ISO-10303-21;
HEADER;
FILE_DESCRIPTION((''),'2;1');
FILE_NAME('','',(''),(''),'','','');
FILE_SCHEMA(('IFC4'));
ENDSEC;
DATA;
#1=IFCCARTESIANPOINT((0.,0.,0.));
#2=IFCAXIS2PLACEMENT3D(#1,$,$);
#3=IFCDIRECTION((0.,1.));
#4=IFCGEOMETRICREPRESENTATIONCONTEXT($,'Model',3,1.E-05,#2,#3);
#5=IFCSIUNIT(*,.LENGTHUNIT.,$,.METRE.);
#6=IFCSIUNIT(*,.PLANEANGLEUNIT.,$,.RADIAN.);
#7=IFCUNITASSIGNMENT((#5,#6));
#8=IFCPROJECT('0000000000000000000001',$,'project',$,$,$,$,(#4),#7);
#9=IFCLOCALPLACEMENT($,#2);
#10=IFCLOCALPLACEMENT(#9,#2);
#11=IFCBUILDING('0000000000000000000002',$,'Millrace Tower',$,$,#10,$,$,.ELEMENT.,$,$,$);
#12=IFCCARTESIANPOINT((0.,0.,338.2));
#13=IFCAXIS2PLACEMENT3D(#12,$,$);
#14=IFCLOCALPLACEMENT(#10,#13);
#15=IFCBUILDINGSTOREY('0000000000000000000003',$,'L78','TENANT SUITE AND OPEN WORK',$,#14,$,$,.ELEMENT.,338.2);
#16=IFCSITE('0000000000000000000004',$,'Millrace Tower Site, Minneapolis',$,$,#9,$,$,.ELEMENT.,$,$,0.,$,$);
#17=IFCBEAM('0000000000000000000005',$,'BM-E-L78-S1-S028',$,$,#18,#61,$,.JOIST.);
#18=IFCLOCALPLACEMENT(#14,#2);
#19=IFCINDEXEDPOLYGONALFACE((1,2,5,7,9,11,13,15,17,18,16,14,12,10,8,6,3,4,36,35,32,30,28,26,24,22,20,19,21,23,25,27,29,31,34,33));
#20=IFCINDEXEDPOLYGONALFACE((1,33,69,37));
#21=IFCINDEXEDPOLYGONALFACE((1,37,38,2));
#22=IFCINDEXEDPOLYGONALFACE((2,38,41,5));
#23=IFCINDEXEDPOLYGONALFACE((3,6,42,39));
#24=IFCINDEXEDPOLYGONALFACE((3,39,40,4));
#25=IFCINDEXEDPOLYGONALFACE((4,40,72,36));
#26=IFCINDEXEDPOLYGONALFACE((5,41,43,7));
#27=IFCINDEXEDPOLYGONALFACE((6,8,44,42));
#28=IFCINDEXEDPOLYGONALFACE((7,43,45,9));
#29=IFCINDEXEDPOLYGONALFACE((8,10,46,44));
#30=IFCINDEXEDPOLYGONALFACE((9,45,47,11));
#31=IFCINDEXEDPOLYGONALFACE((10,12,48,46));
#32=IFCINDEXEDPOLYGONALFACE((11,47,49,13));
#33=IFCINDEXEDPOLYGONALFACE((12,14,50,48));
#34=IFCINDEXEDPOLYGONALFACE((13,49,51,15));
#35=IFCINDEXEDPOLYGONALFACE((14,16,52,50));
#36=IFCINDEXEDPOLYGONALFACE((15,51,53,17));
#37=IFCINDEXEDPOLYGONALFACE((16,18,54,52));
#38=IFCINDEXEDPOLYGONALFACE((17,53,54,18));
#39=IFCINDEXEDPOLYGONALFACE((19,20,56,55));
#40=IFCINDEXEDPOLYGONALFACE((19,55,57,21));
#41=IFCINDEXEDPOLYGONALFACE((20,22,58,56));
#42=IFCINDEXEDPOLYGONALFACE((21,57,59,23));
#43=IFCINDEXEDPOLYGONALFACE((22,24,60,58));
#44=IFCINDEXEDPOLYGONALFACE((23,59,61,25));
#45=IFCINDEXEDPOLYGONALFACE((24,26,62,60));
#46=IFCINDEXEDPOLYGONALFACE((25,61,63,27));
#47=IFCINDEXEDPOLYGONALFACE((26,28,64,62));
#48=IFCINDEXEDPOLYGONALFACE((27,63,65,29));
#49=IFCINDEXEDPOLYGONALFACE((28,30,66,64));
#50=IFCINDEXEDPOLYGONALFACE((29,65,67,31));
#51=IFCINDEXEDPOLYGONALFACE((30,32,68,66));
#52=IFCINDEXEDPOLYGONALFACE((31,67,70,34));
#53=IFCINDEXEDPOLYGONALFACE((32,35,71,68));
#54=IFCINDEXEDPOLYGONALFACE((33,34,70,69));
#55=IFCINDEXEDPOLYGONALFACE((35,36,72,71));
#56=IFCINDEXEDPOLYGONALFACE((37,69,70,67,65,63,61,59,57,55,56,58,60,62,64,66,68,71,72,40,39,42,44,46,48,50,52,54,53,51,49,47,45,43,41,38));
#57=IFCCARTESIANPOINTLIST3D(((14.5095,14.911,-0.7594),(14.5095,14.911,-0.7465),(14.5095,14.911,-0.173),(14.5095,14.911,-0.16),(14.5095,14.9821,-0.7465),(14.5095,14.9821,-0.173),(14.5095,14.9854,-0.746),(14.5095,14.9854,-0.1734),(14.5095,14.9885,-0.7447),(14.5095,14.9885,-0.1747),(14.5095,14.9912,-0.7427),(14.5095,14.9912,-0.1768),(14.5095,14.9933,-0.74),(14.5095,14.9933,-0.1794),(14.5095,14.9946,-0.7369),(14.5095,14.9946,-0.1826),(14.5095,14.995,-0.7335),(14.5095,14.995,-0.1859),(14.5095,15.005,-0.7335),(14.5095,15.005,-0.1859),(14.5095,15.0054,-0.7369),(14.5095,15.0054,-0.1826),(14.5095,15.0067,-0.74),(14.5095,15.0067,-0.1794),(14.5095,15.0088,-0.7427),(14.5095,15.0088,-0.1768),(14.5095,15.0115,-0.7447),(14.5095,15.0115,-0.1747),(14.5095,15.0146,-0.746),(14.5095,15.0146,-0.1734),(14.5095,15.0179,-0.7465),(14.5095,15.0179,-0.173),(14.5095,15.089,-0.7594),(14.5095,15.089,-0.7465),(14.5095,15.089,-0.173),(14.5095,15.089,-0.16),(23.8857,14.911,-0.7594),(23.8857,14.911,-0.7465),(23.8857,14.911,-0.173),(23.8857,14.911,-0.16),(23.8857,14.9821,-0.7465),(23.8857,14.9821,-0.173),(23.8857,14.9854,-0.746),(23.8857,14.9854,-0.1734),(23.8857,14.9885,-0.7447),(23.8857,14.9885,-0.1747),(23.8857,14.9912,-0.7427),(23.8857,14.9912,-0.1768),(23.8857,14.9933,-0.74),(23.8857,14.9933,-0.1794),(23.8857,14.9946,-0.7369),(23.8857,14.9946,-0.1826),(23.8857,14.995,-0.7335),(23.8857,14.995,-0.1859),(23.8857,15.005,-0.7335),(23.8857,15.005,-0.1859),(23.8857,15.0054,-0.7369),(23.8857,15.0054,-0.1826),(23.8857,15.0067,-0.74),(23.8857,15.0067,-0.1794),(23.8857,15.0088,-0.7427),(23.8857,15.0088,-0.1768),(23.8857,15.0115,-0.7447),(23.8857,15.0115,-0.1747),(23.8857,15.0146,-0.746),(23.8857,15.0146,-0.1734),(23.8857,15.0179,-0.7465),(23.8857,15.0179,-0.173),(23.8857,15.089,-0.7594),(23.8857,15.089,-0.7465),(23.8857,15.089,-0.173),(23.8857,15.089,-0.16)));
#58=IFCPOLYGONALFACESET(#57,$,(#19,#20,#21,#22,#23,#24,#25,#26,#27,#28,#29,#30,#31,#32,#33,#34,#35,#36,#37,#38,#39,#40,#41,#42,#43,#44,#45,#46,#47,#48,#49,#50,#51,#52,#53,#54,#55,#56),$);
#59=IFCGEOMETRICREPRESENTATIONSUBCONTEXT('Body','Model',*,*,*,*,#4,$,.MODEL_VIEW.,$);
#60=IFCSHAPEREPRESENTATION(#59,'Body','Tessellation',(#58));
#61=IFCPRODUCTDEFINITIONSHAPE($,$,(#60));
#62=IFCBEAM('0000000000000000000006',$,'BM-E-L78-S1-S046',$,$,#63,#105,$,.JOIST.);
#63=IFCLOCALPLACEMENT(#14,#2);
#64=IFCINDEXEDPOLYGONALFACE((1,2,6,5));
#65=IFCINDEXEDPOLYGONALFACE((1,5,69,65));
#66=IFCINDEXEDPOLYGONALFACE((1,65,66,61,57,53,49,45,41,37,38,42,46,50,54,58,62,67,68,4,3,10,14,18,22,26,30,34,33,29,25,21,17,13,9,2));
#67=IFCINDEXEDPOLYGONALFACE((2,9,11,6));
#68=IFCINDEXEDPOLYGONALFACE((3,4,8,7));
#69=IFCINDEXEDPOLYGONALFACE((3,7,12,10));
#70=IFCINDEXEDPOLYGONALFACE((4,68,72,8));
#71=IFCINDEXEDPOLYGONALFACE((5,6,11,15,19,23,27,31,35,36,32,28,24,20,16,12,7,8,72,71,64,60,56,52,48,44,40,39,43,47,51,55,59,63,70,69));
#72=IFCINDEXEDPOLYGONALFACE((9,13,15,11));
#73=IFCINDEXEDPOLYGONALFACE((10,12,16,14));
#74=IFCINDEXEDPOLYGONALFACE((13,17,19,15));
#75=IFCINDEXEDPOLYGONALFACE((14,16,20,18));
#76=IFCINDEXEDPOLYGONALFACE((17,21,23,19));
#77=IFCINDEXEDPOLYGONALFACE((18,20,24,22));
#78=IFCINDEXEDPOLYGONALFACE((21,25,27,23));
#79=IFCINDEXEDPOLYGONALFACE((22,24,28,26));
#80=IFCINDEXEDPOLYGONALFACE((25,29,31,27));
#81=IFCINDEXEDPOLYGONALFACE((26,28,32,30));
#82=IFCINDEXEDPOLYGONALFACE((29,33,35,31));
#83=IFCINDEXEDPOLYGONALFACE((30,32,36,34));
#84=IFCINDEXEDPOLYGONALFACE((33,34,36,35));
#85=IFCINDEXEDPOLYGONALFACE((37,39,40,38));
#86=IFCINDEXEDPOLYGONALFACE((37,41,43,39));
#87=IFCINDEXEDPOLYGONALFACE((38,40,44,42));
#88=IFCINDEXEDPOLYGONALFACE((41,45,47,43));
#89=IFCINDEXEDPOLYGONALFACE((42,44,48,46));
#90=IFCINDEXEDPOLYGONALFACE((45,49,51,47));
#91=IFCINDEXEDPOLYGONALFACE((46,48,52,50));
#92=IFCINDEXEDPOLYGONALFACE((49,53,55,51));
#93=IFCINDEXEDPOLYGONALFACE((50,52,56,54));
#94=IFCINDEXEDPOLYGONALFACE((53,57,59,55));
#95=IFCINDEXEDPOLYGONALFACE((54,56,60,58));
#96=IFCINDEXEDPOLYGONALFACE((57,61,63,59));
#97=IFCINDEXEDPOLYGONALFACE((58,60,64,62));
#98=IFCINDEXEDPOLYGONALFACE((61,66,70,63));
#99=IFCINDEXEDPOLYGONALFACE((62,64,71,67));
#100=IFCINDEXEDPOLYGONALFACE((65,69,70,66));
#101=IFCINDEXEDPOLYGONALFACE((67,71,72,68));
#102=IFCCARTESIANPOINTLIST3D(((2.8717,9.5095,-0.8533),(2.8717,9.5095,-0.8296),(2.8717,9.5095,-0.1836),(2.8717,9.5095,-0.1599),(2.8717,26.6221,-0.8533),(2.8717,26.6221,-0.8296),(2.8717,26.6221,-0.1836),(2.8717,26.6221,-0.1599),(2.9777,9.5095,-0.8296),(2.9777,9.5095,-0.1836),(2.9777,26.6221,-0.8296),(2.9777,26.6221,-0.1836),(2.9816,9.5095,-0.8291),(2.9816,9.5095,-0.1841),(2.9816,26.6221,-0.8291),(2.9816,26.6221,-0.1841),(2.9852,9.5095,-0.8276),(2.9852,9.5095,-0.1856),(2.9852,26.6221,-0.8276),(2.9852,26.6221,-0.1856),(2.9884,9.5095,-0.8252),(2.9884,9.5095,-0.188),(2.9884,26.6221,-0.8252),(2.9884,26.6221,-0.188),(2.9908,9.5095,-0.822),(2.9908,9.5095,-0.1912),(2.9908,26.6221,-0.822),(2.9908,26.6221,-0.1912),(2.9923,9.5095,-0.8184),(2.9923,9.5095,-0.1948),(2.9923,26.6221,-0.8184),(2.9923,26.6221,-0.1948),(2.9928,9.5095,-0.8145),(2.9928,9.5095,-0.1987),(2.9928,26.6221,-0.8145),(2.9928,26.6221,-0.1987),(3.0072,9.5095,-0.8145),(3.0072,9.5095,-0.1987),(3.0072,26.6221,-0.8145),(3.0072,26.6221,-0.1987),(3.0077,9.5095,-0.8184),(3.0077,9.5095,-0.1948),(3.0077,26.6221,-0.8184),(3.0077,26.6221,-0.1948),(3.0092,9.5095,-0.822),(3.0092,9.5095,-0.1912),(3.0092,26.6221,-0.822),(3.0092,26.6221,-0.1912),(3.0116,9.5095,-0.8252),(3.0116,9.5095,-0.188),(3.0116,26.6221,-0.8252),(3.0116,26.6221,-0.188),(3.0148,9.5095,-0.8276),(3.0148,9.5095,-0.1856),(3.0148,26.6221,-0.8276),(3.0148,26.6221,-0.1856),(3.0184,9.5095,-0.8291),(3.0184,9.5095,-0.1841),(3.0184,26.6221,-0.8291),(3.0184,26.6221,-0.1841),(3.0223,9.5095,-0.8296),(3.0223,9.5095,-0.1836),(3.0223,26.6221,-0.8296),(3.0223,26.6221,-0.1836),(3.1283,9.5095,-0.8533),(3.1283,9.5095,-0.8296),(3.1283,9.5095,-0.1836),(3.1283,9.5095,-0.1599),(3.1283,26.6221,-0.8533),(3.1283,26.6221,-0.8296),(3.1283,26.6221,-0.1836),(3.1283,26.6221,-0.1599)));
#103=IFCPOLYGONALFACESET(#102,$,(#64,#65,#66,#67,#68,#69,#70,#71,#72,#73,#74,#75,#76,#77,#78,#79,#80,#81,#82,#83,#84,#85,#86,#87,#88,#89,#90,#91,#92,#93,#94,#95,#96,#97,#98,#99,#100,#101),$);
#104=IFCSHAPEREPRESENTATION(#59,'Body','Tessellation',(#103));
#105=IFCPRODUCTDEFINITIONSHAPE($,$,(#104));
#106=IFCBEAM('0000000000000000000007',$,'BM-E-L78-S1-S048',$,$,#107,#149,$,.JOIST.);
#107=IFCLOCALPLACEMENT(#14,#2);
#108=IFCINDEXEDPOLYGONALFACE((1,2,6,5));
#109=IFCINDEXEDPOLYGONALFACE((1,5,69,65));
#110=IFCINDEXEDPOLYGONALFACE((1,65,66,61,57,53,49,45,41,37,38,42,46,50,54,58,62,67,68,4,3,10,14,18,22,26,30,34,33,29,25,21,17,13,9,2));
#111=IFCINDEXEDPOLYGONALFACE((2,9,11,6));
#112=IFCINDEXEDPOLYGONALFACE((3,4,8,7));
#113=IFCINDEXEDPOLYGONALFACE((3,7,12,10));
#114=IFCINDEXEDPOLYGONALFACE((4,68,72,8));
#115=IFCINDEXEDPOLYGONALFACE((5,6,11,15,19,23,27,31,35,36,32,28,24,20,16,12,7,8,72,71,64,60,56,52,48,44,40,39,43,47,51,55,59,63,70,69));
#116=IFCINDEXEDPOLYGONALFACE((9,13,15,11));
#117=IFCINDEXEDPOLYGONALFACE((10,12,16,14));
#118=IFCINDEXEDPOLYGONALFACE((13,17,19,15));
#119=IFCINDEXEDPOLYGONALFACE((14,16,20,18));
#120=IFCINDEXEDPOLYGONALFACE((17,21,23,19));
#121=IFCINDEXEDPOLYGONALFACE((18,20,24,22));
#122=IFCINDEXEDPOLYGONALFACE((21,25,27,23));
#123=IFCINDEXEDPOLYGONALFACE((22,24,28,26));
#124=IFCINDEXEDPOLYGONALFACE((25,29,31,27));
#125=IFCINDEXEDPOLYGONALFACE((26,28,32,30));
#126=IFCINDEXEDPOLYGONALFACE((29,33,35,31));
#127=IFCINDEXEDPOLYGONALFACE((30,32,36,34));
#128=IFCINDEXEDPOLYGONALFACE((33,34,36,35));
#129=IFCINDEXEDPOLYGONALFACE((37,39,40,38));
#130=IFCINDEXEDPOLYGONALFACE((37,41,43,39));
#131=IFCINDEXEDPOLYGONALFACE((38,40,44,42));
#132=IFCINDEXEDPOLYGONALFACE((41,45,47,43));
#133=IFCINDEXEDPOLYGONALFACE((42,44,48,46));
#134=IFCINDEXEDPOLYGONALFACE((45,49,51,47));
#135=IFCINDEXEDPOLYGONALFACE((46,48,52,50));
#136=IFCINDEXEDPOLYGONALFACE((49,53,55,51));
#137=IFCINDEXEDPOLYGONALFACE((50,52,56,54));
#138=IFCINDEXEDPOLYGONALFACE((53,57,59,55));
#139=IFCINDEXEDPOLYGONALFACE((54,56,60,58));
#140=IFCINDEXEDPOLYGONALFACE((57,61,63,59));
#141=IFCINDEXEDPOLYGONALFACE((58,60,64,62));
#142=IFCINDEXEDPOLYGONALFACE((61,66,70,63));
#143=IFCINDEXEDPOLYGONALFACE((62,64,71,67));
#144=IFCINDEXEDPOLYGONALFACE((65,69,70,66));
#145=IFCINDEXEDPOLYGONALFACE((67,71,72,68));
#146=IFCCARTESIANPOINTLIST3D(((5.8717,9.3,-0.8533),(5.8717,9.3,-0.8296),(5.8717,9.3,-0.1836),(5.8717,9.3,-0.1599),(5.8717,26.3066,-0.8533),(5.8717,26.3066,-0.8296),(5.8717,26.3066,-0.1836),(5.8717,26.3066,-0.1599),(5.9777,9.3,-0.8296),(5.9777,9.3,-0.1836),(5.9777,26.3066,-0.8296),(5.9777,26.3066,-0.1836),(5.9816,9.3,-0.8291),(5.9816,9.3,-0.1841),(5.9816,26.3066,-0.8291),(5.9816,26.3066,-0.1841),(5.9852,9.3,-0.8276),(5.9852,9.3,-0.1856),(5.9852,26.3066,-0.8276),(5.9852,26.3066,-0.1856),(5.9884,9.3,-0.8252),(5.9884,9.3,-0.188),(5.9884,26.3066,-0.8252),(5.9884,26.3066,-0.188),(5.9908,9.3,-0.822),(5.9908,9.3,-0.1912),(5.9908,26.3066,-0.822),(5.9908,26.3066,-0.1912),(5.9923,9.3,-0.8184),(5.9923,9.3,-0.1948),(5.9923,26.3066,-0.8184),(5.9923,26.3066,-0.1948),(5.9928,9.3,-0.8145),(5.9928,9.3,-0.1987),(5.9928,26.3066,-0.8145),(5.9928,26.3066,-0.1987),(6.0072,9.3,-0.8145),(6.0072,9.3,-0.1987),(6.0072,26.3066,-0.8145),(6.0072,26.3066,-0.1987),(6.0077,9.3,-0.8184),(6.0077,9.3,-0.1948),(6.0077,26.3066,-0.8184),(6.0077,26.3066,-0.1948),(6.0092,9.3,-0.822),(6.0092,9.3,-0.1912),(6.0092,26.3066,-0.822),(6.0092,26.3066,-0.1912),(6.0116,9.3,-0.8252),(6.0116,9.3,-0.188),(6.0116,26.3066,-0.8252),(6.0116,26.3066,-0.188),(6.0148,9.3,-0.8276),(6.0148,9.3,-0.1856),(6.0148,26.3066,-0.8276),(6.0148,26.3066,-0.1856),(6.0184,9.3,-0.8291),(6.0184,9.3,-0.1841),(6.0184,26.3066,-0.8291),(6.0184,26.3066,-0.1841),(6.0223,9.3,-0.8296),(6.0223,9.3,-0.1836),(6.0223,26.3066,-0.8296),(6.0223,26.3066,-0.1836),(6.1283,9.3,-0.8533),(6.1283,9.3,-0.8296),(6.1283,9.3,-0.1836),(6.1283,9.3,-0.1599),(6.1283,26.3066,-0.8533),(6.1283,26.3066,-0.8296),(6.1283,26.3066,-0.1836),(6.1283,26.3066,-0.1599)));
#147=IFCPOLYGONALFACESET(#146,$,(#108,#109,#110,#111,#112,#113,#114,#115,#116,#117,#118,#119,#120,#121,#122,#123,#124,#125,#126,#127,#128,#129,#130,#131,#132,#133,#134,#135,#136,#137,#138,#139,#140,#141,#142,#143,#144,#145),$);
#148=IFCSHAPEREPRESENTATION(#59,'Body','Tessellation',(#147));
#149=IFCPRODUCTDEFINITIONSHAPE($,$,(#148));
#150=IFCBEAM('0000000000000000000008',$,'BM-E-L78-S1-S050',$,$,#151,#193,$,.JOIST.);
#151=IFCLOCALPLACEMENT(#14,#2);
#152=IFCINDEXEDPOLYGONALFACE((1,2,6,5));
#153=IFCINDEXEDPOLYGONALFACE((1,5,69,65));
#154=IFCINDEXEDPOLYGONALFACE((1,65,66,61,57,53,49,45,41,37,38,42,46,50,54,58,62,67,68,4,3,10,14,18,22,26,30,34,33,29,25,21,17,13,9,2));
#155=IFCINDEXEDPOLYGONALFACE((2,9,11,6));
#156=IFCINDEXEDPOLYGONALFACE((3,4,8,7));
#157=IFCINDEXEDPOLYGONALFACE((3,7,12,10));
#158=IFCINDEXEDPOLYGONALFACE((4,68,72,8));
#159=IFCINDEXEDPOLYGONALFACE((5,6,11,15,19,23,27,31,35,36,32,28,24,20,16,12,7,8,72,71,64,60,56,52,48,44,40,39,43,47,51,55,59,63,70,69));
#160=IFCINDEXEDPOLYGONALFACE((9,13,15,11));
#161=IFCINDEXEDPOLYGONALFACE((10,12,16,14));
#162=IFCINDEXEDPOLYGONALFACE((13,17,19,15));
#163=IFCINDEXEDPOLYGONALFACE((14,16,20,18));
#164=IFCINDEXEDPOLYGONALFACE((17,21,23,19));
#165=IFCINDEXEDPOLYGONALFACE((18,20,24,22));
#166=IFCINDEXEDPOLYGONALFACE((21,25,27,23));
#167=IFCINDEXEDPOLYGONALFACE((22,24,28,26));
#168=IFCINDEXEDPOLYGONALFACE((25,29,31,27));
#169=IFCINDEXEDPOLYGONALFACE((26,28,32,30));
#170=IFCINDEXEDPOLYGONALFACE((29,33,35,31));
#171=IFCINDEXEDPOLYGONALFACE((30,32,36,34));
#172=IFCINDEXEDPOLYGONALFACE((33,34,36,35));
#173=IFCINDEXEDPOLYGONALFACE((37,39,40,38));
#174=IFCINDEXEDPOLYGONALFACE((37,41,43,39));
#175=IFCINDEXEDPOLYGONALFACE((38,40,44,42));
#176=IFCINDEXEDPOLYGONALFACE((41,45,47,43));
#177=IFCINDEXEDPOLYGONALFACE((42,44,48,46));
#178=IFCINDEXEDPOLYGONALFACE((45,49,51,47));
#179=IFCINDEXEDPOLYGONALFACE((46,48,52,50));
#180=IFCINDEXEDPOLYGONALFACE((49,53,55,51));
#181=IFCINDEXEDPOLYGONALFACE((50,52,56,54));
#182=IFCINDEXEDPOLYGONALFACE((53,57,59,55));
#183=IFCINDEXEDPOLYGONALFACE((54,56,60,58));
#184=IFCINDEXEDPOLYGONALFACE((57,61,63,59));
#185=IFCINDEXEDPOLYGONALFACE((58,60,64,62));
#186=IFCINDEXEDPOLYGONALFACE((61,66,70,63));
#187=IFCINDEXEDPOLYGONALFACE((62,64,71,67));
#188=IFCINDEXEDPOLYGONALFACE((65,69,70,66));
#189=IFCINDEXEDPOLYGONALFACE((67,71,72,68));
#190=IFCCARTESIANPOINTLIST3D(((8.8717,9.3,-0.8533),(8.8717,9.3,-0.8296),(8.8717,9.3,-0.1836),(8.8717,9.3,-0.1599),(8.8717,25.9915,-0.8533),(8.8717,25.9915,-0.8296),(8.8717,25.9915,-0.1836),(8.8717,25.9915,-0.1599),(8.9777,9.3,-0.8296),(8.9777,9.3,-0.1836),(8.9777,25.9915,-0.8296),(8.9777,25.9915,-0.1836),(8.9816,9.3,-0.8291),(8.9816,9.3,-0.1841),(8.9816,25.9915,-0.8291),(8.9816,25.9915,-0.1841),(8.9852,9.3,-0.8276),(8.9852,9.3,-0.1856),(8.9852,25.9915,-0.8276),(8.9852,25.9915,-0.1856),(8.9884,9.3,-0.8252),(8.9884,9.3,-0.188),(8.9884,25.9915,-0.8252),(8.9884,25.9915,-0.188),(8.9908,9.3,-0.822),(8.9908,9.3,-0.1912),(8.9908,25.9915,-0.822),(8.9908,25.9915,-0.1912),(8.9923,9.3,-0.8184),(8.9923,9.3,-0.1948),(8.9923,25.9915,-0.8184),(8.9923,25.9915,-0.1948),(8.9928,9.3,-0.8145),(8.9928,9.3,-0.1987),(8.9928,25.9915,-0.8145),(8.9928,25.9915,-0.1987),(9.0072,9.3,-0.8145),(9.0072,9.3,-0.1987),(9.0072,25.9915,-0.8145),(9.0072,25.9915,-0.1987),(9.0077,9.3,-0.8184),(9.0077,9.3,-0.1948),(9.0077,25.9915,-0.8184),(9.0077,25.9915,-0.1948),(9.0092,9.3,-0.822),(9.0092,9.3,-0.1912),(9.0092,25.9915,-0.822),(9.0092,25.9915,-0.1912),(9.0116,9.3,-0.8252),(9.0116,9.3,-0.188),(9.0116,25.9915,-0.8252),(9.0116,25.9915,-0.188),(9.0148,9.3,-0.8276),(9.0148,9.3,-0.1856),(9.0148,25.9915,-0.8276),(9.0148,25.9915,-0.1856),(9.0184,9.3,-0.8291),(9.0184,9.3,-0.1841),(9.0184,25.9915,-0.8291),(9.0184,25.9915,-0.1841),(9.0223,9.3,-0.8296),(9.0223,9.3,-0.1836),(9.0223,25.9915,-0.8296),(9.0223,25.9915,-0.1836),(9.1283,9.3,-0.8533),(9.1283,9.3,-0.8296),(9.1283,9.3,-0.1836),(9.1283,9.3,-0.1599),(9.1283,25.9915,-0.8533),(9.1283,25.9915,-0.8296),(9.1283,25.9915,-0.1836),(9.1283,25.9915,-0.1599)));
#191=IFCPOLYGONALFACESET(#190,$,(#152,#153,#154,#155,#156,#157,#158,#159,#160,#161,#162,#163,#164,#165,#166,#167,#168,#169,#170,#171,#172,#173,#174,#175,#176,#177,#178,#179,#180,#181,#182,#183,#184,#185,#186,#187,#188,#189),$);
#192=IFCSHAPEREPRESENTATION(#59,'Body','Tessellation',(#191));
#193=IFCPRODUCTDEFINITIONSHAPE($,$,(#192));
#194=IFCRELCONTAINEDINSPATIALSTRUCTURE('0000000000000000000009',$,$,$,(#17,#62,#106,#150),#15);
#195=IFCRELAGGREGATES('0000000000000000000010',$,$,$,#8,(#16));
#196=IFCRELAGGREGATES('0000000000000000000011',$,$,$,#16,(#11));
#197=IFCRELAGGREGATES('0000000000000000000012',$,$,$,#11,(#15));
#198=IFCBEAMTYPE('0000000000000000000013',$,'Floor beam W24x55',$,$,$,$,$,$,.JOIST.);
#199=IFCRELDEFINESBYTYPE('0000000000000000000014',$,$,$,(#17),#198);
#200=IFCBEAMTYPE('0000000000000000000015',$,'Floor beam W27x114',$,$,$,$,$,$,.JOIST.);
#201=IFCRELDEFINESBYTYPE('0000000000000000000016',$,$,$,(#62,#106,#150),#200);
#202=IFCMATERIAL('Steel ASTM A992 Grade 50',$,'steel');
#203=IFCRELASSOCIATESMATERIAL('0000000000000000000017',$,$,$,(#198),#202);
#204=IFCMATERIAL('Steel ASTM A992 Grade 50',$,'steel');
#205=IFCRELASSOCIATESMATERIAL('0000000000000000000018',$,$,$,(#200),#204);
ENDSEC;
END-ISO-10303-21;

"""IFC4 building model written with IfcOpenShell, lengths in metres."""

from ifc_helpers import new_model, si_unit, direction, frame, origin, origin_2d, place, context, subcontext, project, spatial, i_section, extrude, material, material_profile, profile_set, type_object, element, save


model = new_model("IFC4")

# Units and contexts
model_context = context("Model", 3, precision=1e-05, world=origin(), true_north=direction((0.0, 1.0)))
body_context = subcontext(model_context, "Body", "Model", "MODEL_VIEW")
ifc_project = project(units=[si_unit("LENGTHUNIT", "METRE"), si_unit("PLANEANGLEUNIT", "RADIAN")], contexts=[model_context])

# Site, building, storey
site_placement = place(None, origin())
site = spatial("IfcSite", under=ifc_project, at=site_placement, Name="Millrace Tower Site, Minneapolis", CompositionType="ELEMENT", RefElevation=0.0)
building_placement = place(site_placement, origin())
building = spatial("IfcBuilding", under=site, at=building_placement, Name="Millrace Tower", CompositionType="ELEMENT")
storey_placement = place(building_placement, frame((0.0, 0.0, 338.2)))
storey = spatial("IfcBuildingStorey", under=building, at=storey_placement, Name="L78", Description="TENANT SUITE AND OPEN WORK", CompositionType="ELEMENT", Elevation=338.2)

# Beams
ifc_material_1 = material(Name="Steel ASTM A992 Grade 50", Category="steel")
ifc_material_profile_1 = material_profile(ifc_material_1, i_section(OverallWidth=0.178, OverallDepth=0.5994, WebThickness=0.01, FlangeThickness=0.0129, FilletRadius=0.0129, at=origin_2d()))
ifc_profile_set_1 = profile_set([ifc_material_profile_1], Name="Steel ASTM A992 Grade 50")
beam_type_1 = type_object("IfcBeamType", Name="Floor beam W24x55", PredefinedType="JOIST", material=ifc_profile_set_1)
beam_1_placement = place(storey_placement, frame((14.5095, 15.0, -0.4597), z_axis=(1.0, 0.0, 0.0), x_axis=(0.0, 1.0, 0.0)))
element("IfcBeam", 1, at=beam_1_placement, inside=storey, type_object=beam_type_1, Name="BM-E-L78-S1-S028", PredefinedType="JOIST", context=body_context, shape_type="SweptSolid", body=[
    extrude(i_section(OverallWidth=0.178, OverallDepth=0.5994, WebThickness=0.01, FlangeThickness=0.0129, FilletRadius=0.0129, at=origin_2d()), origin(), (0.0, 0.0, 1.0), 9.3762),
])
ifc_material_2 = material(Name="Steel ASTM A992 Grade 50", Category="steel")
ifc_material_profile_2 = material_profile(ifc_material_2, i_section(OverallWidth=0.2566, OverallDepth=0.6934, WebThickness=0.0144, FlangeThickness=0.0237, FilletRadius=0.0151, at=origin_2d()))
ifc_profile_set_2 = profile_set([ifc_material_profile_2], Name="Steel ASTM A992 Grade 50")
beam_type_2 = type_object("IfcBeamType", Name="Floor beam W27x114", PredefinedType="JOIST", material=ifc_profile_set_2)
beam_2_placement = place(storey_placement, frame((3.0, 9.5095, -0.5066), z_axis=(0.0, 1.0, 0.0), x_axis=(-1.0, 0.0, 0.0)))
element("IfcBeam", 2, at=beam_2_placement, inside=storey, type_object=beam_type_2, Name="BM-E-L78-S1-S046", PredefinedType="JOIST", context=body_context, shape_type="SweptSolid", body=[
    extrude(i_section(OverallWidth=0.2566, OverallDepth=0.6934, WebThickness=0.0144, FlangeThickness=0.0237, FilletRadius=0.0151, at=origin_2d()), origin(), (0.0, 0.0, 1.0), 17.1125),
])
beam_3_placement = place(storey_placement, frame((6.0, 9.3, -0.5066), z_axis=(0.0, 1.0, 0.0), x_axis=(-1.0, 0.0, 0.0)))
element("IfcBeam", 3, at=beam_3_placement, inside=storey, type_object=beam_type_2, Name="BM-E-L78-S1-S048", PredefinedType="JOIST", context=body_context, shape_type="SweptSolid", body=[
    extrude(i_section(OverallWidth=0.2566, OverallDepth=0.6934, WebThickness=0.0144, FlangeThickness=0.0237, FilletRadius=0.0151, at=origin_2d()), origin(), (0.0, 0.0, 1.0), 17.0066),
])
beam_4_placement = place(storey_placement, frame((9.0, 9.3, -0.5066), z_axis=(0.0, 1.0, 0.0), x_axis=(-1.0, 0.0, 0.0)))
element("IfcBeam", 4, at=beam_4_placement, inside=storey, type_object=beam_type_2, Name="BM-E-L78-S1-S050", PredefinedType="JOIST", context=body_context, shape_type="SweptSolid", body=[
    extrude(i_section(OverallWidth=0.2566, OverallDepth=0.6934, WebThickness=0.0144, FlangeThickness=0.0237, FilletRadius=0.0151, at=origin_2d()), origin(), (0.0, 0.0, 1.0), 16.6914),
])

save(model, "model.ifc")
